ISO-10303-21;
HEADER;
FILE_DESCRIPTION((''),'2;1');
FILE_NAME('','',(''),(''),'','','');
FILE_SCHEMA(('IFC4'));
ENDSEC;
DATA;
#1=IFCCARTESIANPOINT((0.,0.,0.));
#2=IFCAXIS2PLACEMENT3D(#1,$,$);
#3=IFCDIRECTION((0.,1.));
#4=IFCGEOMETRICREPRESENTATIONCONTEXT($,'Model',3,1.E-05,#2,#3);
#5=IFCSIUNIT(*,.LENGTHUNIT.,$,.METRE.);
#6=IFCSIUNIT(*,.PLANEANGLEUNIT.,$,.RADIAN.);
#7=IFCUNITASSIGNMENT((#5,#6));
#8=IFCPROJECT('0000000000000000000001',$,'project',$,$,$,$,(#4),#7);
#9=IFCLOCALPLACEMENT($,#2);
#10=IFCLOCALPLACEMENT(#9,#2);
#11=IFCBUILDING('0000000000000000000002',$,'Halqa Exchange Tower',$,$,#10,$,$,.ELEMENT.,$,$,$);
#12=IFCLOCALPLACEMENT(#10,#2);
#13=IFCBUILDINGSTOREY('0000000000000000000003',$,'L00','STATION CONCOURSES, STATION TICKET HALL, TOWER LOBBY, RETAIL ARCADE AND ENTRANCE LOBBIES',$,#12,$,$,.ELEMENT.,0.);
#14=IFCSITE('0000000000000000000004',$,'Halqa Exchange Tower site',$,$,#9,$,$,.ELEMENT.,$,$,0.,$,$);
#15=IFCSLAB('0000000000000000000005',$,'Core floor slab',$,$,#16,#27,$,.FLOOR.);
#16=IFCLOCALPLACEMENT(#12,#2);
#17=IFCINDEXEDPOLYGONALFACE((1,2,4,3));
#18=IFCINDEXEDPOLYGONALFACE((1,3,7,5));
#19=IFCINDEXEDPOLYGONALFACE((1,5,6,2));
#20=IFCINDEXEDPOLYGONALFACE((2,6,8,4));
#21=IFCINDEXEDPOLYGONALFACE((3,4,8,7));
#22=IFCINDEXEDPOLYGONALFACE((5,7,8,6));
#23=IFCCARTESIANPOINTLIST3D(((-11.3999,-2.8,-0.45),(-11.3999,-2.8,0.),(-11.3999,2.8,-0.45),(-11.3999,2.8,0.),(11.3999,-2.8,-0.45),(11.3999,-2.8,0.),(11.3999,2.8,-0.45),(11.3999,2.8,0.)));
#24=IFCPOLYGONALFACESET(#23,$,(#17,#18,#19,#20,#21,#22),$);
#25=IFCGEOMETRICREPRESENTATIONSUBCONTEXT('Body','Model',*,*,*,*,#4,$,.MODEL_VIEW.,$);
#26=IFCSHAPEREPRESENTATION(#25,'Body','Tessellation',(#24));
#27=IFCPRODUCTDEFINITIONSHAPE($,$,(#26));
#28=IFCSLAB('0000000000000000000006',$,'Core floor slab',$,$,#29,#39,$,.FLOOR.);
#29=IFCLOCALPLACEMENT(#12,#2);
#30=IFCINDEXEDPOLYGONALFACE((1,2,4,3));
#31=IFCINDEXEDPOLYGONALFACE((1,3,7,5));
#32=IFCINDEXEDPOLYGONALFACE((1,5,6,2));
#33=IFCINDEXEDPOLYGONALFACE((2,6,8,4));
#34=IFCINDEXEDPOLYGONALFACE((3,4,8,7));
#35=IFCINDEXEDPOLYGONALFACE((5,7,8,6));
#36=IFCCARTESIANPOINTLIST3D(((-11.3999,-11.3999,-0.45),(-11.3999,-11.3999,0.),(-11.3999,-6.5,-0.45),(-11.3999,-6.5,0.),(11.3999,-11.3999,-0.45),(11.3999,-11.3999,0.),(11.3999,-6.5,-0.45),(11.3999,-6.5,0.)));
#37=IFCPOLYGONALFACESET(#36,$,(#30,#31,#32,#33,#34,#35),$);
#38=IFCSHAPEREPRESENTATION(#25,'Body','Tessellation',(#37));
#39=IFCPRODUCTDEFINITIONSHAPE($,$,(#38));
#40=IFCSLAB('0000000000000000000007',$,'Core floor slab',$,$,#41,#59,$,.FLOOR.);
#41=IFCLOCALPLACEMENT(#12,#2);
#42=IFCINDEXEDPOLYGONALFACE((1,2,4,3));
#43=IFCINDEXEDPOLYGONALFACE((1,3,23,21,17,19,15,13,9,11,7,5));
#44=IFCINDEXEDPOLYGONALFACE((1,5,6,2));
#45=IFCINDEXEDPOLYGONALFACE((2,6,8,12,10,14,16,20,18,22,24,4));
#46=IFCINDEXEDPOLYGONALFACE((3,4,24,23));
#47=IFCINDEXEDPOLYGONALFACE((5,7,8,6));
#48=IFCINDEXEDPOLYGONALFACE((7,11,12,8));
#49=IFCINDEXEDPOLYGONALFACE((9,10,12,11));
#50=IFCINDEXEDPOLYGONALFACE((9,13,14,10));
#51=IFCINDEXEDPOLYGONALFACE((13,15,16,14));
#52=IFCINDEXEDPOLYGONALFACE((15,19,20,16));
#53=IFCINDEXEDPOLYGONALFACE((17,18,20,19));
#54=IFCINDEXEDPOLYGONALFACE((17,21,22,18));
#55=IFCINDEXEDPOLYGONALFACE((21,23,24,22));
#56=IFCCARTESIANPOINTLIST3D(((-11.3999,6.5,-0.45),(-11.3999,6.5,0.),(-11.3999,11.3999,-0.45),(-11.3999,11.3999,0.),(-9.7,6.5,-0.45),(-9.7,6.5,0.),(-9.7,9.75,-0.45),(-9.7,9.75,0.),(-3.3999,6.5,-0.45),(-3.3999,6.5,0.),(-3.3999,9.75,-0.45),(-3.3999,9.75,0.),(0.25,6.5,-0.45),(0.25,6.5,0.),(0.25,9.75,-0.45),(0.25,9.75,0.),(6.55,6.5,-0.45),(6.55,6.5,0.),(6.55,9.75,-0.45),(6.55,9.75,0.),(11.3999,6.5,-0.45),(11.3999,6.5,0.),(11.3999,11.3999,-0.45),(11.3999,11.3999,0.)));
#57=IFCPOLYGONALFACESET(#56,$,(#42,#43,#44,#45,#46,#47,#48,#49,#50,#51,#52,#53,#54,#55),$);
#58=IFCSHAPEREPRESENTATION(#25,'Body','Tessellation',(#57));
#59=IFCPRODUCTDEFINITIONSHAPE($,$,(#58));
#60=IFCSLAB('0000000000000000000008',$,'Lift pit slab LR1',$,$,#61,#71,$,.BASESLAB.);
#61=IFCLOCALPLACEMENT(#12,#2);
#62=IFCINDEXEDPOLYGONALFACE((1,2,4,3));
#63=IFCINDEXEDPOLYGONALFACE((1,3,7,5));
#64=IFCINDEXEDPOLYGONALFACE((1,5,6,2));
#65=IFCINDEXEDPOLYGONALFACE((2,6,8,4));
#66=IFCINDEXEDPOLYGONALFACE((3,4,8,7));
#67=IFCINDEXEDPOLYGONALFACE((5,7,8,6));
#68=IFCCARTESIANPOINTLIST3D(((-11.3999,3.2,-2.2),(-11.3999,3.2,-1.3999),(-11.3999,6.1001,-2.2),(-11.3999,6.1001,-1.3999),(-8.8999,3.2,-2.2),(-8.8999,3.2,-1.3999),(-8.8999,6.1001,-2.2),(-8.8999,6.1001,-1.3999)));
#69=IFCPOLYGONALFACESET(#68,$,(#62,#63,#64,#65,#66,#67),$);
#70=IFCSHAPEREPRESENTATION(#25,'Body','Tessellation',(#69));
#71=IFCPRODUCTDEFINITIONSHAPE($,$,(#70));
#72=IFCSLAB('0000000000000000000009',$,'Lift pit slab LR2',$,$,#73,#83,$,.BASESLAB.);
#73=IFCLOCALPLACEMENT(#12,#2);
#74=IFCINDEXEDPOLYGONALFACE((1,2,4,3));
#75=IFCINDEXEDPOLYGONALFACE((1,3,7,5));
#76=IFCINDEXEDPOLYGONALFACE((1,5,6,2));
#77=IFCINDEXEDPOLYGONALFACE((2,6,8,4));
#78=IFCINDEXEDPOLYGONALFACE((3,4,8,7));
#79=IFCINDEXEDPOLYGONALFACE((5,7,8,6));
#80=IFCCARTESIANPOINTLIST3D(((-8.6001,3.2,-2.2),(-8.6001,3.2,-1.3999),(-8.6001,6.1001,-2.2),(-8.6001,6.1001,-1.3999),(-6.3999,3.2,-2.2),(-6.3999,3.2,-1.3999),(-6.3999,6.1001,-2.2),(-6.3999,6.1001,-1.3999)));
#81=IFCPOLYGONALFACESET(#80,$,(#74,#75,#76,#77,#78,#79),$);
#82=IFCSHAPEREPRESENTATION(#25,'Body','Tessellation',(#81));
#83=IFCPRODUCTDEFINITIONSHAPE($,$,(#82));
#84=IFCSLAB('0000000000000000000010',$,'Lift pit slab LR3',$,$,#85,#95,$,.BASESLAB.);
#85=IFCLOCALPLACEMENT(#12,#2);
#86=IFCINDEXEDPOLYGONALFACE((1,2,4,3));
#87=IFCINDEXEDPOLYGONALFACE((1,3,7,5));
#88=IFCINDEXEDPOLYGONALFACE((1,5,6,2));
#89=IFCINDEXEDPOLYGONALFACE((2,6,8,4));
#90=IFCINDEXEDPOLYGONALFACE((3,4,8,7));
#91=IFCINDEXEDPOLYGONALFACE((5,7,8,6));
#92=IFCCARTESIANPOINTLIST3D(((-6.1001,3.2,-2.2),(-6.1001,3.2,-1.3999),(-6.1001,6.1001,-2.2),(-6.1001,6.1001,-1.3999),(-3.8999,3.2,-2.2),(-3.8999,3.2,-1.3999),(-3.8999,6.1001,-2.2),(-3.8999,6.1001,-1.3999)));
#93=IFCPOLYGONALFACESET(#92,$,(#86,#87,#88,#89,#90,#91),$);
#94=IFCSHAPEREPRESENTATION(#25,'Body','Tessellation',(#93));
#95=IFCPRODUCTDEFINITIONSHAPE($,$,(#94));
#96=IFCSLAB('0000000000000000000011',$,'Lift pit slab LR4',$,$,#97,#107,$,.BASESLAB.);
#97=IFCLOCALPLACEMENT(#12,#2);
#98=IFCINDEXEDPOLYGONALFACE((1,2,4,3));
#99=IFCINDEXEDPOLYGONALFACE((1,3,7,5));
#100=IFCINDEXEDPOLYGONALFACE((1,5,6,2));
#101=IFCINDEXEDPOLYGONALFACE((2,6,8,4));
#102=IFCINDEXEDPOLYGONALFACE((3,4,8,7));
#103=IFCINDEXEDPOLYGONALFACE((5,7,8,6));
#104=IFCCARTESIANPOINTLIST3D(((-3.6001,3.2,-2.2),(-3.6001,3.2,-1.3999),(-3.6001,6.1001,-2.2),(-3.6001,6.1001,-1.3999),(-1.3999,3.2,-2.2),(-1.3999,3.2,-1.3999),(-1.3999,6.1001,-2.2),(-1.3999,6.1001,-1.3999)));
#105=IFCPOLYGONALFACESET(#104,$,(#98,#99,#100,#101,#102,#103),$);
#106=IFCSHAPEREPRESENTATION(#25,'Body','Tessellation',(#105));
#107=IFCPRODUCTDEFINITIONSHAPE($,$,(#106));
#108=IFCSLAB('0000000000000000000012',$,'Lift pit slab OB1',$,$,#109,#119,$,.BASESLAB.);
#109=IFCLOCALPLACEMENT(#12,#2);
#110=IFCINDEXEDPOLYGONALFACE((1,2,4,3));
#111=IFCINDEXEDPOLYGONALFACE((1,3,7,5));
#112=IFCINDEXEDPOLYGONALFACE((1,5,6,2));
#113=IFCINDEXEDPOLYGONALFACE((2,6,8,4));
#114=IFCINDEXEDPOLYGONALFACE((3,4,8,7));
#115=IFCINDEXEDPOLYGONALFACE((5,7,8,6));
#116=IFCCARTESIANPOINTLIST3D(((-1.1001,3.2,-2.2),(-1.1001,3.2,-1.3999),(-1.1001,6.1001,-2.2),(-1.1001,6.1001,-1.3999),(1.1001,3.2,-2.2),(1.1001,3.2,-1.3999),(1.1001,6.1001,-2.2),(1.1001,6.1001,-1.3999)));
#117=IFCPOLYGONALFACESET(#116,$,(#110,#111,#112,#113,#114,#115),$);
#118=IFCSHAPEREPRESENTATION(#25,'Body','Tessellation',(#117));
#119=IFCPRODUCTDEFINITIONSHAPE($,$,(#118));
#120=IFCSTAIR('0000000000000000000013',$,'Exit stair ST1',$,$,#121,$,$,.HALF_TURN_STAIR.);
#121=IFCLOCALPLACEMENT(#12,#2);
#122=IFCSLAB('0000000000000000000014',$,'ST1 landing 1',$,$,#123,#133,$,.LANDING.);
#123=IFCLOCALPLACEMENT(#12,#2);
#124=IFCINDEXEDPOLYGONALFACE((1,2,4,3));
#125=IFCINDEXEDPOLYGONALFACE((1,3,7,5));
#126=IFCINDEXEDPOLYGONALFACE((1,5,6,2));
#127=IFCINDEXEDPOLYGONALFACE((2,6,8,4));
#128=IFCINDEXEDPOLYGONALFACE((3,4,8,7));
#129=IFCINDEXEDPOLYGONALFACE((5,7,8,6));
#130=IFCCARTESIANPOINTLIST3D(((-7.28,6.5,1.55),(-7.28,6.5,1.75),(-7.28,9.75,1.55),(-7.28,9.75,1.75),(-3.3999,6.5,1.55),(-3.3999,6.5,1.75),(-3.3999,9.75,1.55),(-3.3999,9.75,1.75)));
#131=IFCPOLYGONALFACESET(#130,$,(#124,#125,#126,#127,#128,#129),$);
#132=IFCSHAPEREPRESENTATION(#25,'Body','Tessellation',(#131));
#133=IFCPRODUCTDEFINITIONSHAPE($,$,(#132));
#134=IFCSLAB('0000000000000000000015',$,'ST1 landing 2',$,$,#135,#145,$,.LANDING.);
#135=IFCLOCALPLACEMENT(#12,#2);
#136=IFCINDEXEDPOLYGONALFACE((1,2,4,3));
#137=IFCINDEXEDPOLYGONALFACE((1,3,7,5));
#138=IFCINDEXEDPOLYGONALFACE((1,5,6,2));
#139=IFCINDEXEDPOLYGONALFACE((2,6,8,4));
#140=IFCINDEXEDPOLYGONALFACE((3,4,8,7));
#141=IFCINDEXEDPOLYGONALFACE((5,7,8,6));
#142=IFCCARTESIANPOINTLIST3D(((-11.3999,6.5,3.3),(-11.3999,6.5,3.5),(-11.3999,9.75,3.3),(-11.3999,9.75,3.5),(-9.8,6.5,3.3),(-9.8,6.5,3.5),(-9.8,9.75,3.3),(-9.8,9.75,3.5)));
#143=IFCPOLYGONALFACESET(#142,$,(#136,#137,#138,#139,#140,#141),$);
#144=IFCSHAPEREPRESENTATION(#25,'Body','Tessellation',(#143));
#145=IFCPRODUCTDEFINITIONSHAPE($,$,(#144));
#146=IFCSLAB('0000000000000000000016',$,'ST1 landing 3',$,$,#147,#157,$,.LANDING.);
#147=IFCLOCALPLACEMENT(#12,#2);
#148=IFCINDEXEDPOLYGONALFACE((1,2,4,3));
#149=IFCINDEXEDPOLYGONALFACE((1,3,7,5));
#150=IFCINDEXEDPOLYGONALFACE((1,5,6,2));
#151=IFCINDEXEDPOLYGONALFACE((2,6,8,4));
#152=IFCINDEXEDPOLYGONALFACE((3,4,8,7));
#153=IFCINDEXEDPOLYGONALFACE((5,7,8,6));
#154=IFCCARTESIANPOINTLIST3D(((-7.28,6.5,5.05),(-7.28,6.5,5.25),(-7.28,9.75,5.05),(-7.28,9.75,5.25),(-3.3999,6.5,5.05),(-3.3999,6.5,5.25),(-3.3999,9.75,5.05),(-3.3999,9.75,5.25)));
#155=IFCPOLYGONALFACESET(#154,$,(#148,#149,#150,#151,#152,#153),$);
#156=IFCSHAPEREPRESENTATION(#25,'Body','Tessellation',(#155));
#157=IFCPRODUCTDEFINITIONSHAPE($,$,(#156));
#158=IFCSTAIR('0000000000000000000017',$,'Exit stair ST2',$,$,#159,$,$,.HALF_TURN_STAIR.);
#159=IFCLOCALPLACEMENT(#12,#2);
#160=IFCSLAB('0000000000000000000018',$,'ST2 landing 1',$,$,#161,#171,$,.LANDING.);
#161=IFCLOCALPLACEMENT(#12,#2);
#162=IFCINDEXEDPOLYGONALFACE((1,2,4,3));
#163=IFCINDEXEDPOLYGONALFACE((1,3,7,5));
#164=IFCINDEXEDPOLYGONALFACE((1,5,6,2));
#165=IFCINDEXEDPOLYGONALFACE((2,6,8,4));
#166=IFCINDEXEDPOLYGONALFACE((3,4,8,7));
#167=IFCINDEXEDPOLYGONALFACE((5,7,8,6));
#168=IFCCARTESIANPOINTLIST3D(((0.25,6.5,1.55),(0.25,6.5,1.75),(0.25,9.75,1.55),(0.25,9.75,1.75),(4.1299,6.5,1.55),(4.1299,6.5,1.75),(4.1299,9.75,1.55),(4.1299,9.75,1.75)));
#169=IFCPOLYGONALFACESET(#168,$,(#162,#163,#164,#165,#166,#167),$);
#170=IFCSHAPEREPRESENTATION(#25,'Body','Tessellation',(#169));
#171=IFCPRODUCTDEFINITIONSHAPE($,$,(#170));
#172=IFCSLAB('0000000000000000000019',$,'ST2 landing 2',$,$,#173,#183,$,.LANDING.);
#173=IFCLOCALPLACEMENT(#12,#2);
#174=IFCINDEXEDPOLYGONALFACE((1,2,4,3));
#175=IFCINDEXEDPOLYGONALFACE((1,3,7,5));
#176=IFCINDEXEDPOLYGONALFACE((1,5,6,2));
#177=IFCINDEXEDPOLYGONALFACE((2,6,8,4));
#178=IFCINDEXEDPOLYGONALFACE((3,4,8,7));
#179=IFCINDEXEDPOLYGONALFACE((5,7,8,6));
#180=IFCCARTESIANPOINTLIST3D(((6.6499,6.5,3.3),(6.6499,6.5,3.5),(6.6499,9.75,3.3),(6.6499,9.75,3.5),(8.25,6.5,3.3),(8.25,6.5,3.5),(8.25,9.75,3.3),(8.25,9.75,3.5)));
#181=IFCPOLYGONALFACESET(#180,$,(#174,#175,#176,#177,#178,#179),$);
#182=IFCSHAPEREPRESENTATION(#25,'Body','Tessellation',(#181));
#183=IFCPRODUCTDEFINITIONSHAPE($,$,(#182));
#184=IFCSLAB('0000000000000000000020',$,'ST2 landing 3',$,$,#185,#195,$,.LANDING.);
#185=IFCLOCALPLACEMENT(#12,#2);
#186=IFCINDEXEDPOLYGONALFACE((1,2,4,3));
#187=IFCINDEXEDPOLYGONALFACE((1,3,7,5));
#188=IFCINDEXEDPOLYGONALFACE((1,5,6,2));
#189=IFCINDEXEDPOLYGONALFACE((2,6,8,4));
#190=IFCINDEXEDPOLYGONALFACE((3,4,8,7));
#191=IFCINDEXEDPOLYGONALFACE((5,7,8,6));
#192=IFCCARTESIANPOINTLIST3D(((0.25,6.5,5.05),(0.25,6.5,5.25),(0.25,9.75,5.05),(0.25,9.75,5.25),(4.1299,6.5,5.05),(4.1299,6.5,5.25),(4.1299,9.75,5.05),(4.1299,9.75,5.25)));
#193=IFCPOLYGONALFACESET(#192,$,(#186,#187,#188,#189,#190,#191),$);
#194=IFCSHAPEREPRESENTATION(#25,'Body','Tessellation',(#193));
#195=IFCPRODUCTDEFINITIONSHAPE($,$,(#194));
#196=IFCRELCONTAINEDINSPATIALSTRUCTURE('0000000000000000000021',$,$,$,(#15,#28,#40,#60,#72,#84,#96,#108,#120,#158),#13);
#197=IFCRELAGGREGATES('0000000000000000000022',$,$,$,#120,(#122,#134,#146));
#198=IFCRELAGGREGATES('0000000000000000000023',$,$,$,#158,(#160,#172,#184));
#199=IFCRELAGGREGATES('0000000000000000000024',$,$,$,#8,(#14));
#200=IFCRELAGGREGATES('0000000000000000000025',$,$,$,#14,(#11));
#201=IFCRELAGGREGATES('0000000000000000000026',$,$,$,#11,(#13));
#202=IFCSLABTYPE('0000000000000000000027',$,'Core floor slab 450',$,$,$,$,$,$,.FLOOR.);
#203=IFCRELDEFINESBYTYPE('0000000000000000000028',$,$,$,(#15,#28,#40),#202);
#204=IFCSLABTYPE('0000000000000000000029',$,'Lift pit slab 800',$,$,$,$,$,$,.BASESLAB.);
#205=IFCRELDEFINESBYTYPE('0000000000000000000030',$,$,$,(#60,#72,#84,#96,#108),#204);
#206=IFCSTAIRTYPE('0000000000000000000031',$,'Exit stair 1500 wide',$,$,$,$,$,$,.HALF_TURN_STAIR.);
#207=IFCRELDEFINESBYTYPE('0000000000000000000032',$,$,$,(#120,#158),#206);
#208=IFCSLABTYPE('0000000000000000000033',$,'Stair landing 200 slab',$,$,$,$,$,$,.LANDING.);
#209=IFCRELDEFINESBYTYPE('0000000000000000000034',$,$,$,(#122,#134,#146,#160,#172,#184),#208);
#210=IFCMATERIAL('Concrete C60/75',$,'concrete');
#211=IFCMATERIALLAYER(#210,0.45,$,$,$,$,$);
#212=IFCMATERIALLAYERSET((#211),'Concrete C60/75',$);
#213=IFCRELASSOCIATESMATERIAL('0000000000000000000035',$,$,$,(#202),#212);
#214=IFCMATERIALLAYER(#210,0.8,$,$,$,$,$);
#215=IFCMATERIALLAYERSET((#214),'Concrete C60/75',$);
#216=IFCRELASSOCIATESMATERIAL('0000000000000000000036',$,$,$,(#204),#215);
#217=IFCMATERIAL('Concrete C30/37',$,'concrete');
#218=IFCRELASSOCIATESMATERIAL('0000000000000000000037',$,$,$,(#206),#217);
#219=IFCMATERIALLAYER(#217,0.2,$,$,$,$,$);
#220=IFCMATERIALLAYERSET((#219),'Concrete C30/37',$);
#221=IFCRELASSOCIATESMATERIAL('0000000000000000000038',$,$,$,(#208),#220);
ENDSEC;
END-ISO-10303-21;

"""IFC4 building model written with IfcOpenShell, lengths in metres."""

from ifc_helpers import new_model, si_unit, direction, frame, origin, place, context, subcontext, project, spatial, polyline, outline, extrude, material, layer, layer_set, type_object, element, aggregate, save


model = new_model("IFC4")

# Units and contexts
model_context = context("Model", 3, precision=1e-05, world=origin(), true_north=direction((0.0, 1.0)))
body_context = subcontext(model_context, "Body", "Model", "MODEL_VIEW")
ifc_project = project(units=[si_unit("LENGTHUNIT", "METRE"), si_unit("PLANEANGLEUNIT", "RADIAN")], contexts=[model_context])

# Site, building, storey
site_placement = place(None, origin())
site = spatial("IfcSite", under=ifc_project, at=site_placement, Name="Halqa Exchange Tower site", CompositionType="ELEMENT", RefElevation=0.0)
building_placement = place(site_placement, origin())
building = spatial("IfcBuilding", under=site, at=building_placement, Name="Halqa Exchange Tower", CompositionType="ELEMENT")
storey_placement = place(building_placement, origin())
storey = spatial("IfcBuildingStorey", under=building, at=storey_placement, Name="L00", Description="STATION CONCOURSES, STATION TICKET HALL, TOWER LOBBY, RETAIL ARCADE AND ENTRANCE LOBBIES", CompositionType="ELEMENT", Elevation=0.0)

# Slabs
ifc_material_1 = material(Name="Concrete C60/75", Category="concrete")
ifc_layer_1 = layer(ifc_material_1, 0.45)
ifc_layer_set_1 = layer_set([ifc_layer_1], Name="Concrete C60/75")
slab_type_1 = type_object("IfcSlabType", Name="Core floor slab 450", PredefinedType="FLOOR", material=ifc_layer_set_1)
slab_1_placement = place(storey_placement, frame((0.0, 0.0, -0.45)))
element("IfcSlab", 1, at=slab_1_placement, inside=storey, type_object=slab_type_1, Name="Core floor slab", PredefinedType="FLOOR", context=body_context, shape_type="SweptSolid", body=[
    extrude(outline(polyline([(-11.3999, 2.8), (11.3999, 2.8), (11.3999, -2.8), (-11.3999, -2.8), (-11.3999, 2.8)])), origin(), (0.0, 0.0, 1.0), 0.45),
])
slab_2_placement = place(storey_placement, frame((0.0, 0.0, -0.45)))
element("IfcSlab", 2, at=slab_2_placement, inside=storey, type_object=slab_type_1, Name="Core floor slab", PredefinedType="FLOOR", context=body_context, shape_type="SweptSolid", body=[
    extrude(outline(polyline([(11.3999, -6.5), (11.3999, -11.3999), (-11.3999, -11.3999), (-11.3999, -6.5), (11.3999, -6.5)])), origin(), (0.0, 0.0, 1.0), 0.45),
])
slab_3_placement = place(storey_placement, frame((0.0, 0.0, -0.45)))
element("IfcSlab", 3, at=slab_3_placement, inside=storey, type_object=slab_type_1, Name="Core floor slab", PredefinedType="FLOOR", context=body_context, shape_type="SweptSolid", body=[
    extrude(outline(polyline([(-11.3999, 11.3999), (11.3999, 11.3999), (11.3999, 6.5), (6.55, 6.5), (6.55, 9.75), (0.25, 9.75), (0.25, 6.5), (-3.3999, 6.5), (-3.3999, 9.75), (-9.7, 9.75), (-9.7, 6.5), (-11.3999, 6.5), (-11.3999, 11.3999)])), origin(), (0.0, 0.0, 1.0), 0.45),
])
ifc_layer_2 = layer(ifc_material_1, 0.8)
ifc_layer_set_2 = layer_set([ifc_layer_2], Name="Concrete C60/75")
slab_type_2 = type_object("IfcSlabType", Name="Lift pit slab 800", PredefinedType="BASESLAB", material=ifc_layer_set_2)
slab_4_placement = place(storey_placement, frame((0.0, 0.0, -2.2)))
element("IfcSlab", 4, at=slab_4_placement, inside=storey, type_object=slab_type_2, Name="Lift pit slab LR1", PredefinedType="BASESLAB", context=body_context, shape_type="SweptSolid", body=[
    extrude(outline(polyline([(-11.3999, 3.2), (-8.8999, 3.2), (-8.8999, 6.1001), (-11.3999, 6.1001), (-11.3999, 3.2)])), origin(), (0.0, 0.0, 1.0), 0.8),
])
slab_5_placement = place(storey_placement, frame((0.0, 0.0, -2.2)))
element("IfcSlab", 5, at=slab_5_placement, inside=storey, type_object=slab_type_2, Name="Lift pit slab LR2", PredefinedType="BASESLAB", context=body_context, shape_type="SweptSolid", body=[
    extrude(outline(polyline([(-8.6001, 3.2), (-6.3999, 3.2), (-6.3999, 6.1001), (-8.6001, 6.1001), (-8.6001, 3.2)])), origin(), (0.0, 0.0, 1.0), 0.8),
])
slab_6_placement = place(storey_placement, frame((0.0, 0.0, -2.2)))
element("IfcSlab", 6, at=slab_6_placement, inside=storey, type_object=slab_type_2, Name="Lift pit slab LR3", PredefinedType="BASESLAB", context=body_context, shape_type="SweptSolid", body=[
    extrude(outline(polyline([(-6.1001, 3.2), (-3.8999, 3.2), (-3.8999, 6.1001), (-6.1001, 6.1001), (-6.1001, 3.2)])), origin(), (0.0, 0.0, 1.0), 0.8),
])
slab_7_placement = place(storey_placement, frame((0.0, 0.0, -2.2)))
element("IfcSlab", 7, at=slab_7_placement, inside=storey, type_object=slab_type_2, Name="Lift pit slab LR4", PredefinedType="BASESLAB", context=body_context, shape_type="SweptSolid", body=[
    extrude(outline(polyline([(-3.6001, 3.2), (-1.3999, 3.2), (-1.3999, 6.1001), (-3.6001, 6.1001), (-3.6001, 3.2)])), origin(), (0.0, 0.0, 1.0), 0.8),
])
slab_8_placement = place(storey_placement, frame((0.0, 0.0, -2.2)))
element("IfcSlab", 8, at=slab_8_placement, inside=storey, type_object=slab_type_2, Name="Lift pit slab OB1", PredefinedType="BASESLAB", context=body_context, shape_type="SweptSolid", body=[
    extrude(outline(polyline([(-1.1001, 3.2), (1.1001, 3.2), (1.1001, 6.1001), (-1.1001, 6.1001), (-1.1001, 3.2)])), origin(), (0.0, 0.0, 1.0), 0.8),
])

# Stairs, slabs
ifc_material_2 = material(Name="Concrete C30/37", Category="concrete")
stair_type_1 = type_object("IfcStairType", Name="Exit stair 1500 wide", PredefinedType="HALF_TURN_STAIR", material=ifc_material_2)
stair_1_placement = place(storey_placement, origin())
stair_1 = element("IfcStair", 9, at=stair_1_placement, inside=storey, type_object=stair_type_1, Name="Exit stair ST1", PredefinedType="HALF_TURN_STAIR")
ifc_layer_3 = layer(ifc_material_2, 0.2)
ifc_layer_set_3 = layer_set([ifc_layer_3], Name="Concrete C30/37")
slab_type_3 = type_object("IfcSlabType", Name="Stair landing 200 slab", PredefinedType="LANDING", material=ifc_layer_set_3)
slab_9_placement = place(storey_placement, frame((0.0, 0.0, 1.55)))
slab_9 = element("IfcSlab", 10, at=slab_9_placement, type_object=slab_type_3, Name="ST1 landing 1", PredefinedType="LANDING", context=body_context, shape_type="SweptSolid", body=[
    extrude(outline(polyline([(-7.28, 6.5), (-3.3999, 6.5), (-3.3999, 9.75), (-7.28, 9.75), (-7.28, 6.5)])), origin(), (0.0, 0.0, 1.0), 0.2),
])
slab_10_placement = place(storey_placement, frame((0.0, 0.0, 3.3)))
slab_10 = element("IfcSlab", 11, at=slab_10_placement, type_object=slab_type_3, Name="ST1 landing 2", PredefinedType="LANDING", context=body_context, shape_type="SweptSolid", body=[
    extrude(outline(polyline([(-11.3999, 6.5), (-9.8, 6.5), (-9.8, 9.75), (-11.3999, 9.75), (-11.3999, 6.5)])), origin(), (0.0, 0.0, 1.0), 0.2),
])
slab_11_placement = place(storey_placement, frame((0.0, 0.0, 5.05)))
slab_11 = element("IfcSlab", 12, at=slab_11_placement, type_object=slab_type_3, Name="ST1 landing 3", PredefinedType="LANDING", context=body_context, shape_type="SweptSolid", body=[
    extrude(outline(polyline([(-7.28, 6.5), (-3.3999, 6.5), (-3.3999, 9.75), (-7.28, 9.75), (-7.28, 6.5)])), origin(), (0.0, 0.0, 1.0), 0.2),
])
aggregate(stair_1, [slab_9, slab_10, slab_11])
stair_2_placement = place(storey_placement, origin())
stair_2 = element("IfcStair", 13, at=stair_2_placement, inside=storey, type_object=stair_type_1, Name="Exit stair ST2", PredefinedType="HALF_TURN_STAIR")
slab_12_placement = place(storey_placement, frame((0.0, 0.0, 1.55)))
slab_12 = element("IfcSlab", 14, at=slab_12_placement, type_object=slab_type_3, Name="ST2 landing 1", PredefinedType="LANDING", context=body_context, shape_type="SweptSolid", body=[
    extrude(outline(polyline([(0.25, 6.5), (4.1299, 6.5), (4.1299, 9.75), (0.25, 9.75), (0.25, 6.5)])), origin(), (0.0, 0.0, 1.0), 0.2),
])
slab_13_placement = place(storey_placement, frame((0.0, 0.0, 3.3)))
slab_13 = element("IfcSlab", 15, at=slab_13_placement, type_object=slab_type_3, Name="ST2 landing 2", PredefinedType="LANDING", context=body_context, shape_type="SweptSolid", body=[
    extrude(outline(polyline([(6.6499, 6.5), (8.25, 6.5), (8.25, 9.75), (6.6499, 9.75), (6.6499, 6.5)])), origin(), (0.0, 0.0, 1.0), 0.2),
])
slab_14_placement = place(storey_placement, frame((0.0, 0.0, 5.05)))
slab_14 = element("IfcSlab", 16, at=slab_14_placement, type_object=slab_type_3, Name="ST2 landing 3", PredefinedType="LANDING", context=body_context, shape_type="SweptSolid", body=[
    extrude(outline(polyline([(0.25, 6.5), (4.1299, 6.5), (4.1299, 9.75), (0.25, 9.75), (0.25, 6.5)])), origin(), (0.0, 0.0, 1.0), 0.2),
])
aggregate(stair_2, [slab_12, slab_13, slab_14])

save(model, "model.ifc")
